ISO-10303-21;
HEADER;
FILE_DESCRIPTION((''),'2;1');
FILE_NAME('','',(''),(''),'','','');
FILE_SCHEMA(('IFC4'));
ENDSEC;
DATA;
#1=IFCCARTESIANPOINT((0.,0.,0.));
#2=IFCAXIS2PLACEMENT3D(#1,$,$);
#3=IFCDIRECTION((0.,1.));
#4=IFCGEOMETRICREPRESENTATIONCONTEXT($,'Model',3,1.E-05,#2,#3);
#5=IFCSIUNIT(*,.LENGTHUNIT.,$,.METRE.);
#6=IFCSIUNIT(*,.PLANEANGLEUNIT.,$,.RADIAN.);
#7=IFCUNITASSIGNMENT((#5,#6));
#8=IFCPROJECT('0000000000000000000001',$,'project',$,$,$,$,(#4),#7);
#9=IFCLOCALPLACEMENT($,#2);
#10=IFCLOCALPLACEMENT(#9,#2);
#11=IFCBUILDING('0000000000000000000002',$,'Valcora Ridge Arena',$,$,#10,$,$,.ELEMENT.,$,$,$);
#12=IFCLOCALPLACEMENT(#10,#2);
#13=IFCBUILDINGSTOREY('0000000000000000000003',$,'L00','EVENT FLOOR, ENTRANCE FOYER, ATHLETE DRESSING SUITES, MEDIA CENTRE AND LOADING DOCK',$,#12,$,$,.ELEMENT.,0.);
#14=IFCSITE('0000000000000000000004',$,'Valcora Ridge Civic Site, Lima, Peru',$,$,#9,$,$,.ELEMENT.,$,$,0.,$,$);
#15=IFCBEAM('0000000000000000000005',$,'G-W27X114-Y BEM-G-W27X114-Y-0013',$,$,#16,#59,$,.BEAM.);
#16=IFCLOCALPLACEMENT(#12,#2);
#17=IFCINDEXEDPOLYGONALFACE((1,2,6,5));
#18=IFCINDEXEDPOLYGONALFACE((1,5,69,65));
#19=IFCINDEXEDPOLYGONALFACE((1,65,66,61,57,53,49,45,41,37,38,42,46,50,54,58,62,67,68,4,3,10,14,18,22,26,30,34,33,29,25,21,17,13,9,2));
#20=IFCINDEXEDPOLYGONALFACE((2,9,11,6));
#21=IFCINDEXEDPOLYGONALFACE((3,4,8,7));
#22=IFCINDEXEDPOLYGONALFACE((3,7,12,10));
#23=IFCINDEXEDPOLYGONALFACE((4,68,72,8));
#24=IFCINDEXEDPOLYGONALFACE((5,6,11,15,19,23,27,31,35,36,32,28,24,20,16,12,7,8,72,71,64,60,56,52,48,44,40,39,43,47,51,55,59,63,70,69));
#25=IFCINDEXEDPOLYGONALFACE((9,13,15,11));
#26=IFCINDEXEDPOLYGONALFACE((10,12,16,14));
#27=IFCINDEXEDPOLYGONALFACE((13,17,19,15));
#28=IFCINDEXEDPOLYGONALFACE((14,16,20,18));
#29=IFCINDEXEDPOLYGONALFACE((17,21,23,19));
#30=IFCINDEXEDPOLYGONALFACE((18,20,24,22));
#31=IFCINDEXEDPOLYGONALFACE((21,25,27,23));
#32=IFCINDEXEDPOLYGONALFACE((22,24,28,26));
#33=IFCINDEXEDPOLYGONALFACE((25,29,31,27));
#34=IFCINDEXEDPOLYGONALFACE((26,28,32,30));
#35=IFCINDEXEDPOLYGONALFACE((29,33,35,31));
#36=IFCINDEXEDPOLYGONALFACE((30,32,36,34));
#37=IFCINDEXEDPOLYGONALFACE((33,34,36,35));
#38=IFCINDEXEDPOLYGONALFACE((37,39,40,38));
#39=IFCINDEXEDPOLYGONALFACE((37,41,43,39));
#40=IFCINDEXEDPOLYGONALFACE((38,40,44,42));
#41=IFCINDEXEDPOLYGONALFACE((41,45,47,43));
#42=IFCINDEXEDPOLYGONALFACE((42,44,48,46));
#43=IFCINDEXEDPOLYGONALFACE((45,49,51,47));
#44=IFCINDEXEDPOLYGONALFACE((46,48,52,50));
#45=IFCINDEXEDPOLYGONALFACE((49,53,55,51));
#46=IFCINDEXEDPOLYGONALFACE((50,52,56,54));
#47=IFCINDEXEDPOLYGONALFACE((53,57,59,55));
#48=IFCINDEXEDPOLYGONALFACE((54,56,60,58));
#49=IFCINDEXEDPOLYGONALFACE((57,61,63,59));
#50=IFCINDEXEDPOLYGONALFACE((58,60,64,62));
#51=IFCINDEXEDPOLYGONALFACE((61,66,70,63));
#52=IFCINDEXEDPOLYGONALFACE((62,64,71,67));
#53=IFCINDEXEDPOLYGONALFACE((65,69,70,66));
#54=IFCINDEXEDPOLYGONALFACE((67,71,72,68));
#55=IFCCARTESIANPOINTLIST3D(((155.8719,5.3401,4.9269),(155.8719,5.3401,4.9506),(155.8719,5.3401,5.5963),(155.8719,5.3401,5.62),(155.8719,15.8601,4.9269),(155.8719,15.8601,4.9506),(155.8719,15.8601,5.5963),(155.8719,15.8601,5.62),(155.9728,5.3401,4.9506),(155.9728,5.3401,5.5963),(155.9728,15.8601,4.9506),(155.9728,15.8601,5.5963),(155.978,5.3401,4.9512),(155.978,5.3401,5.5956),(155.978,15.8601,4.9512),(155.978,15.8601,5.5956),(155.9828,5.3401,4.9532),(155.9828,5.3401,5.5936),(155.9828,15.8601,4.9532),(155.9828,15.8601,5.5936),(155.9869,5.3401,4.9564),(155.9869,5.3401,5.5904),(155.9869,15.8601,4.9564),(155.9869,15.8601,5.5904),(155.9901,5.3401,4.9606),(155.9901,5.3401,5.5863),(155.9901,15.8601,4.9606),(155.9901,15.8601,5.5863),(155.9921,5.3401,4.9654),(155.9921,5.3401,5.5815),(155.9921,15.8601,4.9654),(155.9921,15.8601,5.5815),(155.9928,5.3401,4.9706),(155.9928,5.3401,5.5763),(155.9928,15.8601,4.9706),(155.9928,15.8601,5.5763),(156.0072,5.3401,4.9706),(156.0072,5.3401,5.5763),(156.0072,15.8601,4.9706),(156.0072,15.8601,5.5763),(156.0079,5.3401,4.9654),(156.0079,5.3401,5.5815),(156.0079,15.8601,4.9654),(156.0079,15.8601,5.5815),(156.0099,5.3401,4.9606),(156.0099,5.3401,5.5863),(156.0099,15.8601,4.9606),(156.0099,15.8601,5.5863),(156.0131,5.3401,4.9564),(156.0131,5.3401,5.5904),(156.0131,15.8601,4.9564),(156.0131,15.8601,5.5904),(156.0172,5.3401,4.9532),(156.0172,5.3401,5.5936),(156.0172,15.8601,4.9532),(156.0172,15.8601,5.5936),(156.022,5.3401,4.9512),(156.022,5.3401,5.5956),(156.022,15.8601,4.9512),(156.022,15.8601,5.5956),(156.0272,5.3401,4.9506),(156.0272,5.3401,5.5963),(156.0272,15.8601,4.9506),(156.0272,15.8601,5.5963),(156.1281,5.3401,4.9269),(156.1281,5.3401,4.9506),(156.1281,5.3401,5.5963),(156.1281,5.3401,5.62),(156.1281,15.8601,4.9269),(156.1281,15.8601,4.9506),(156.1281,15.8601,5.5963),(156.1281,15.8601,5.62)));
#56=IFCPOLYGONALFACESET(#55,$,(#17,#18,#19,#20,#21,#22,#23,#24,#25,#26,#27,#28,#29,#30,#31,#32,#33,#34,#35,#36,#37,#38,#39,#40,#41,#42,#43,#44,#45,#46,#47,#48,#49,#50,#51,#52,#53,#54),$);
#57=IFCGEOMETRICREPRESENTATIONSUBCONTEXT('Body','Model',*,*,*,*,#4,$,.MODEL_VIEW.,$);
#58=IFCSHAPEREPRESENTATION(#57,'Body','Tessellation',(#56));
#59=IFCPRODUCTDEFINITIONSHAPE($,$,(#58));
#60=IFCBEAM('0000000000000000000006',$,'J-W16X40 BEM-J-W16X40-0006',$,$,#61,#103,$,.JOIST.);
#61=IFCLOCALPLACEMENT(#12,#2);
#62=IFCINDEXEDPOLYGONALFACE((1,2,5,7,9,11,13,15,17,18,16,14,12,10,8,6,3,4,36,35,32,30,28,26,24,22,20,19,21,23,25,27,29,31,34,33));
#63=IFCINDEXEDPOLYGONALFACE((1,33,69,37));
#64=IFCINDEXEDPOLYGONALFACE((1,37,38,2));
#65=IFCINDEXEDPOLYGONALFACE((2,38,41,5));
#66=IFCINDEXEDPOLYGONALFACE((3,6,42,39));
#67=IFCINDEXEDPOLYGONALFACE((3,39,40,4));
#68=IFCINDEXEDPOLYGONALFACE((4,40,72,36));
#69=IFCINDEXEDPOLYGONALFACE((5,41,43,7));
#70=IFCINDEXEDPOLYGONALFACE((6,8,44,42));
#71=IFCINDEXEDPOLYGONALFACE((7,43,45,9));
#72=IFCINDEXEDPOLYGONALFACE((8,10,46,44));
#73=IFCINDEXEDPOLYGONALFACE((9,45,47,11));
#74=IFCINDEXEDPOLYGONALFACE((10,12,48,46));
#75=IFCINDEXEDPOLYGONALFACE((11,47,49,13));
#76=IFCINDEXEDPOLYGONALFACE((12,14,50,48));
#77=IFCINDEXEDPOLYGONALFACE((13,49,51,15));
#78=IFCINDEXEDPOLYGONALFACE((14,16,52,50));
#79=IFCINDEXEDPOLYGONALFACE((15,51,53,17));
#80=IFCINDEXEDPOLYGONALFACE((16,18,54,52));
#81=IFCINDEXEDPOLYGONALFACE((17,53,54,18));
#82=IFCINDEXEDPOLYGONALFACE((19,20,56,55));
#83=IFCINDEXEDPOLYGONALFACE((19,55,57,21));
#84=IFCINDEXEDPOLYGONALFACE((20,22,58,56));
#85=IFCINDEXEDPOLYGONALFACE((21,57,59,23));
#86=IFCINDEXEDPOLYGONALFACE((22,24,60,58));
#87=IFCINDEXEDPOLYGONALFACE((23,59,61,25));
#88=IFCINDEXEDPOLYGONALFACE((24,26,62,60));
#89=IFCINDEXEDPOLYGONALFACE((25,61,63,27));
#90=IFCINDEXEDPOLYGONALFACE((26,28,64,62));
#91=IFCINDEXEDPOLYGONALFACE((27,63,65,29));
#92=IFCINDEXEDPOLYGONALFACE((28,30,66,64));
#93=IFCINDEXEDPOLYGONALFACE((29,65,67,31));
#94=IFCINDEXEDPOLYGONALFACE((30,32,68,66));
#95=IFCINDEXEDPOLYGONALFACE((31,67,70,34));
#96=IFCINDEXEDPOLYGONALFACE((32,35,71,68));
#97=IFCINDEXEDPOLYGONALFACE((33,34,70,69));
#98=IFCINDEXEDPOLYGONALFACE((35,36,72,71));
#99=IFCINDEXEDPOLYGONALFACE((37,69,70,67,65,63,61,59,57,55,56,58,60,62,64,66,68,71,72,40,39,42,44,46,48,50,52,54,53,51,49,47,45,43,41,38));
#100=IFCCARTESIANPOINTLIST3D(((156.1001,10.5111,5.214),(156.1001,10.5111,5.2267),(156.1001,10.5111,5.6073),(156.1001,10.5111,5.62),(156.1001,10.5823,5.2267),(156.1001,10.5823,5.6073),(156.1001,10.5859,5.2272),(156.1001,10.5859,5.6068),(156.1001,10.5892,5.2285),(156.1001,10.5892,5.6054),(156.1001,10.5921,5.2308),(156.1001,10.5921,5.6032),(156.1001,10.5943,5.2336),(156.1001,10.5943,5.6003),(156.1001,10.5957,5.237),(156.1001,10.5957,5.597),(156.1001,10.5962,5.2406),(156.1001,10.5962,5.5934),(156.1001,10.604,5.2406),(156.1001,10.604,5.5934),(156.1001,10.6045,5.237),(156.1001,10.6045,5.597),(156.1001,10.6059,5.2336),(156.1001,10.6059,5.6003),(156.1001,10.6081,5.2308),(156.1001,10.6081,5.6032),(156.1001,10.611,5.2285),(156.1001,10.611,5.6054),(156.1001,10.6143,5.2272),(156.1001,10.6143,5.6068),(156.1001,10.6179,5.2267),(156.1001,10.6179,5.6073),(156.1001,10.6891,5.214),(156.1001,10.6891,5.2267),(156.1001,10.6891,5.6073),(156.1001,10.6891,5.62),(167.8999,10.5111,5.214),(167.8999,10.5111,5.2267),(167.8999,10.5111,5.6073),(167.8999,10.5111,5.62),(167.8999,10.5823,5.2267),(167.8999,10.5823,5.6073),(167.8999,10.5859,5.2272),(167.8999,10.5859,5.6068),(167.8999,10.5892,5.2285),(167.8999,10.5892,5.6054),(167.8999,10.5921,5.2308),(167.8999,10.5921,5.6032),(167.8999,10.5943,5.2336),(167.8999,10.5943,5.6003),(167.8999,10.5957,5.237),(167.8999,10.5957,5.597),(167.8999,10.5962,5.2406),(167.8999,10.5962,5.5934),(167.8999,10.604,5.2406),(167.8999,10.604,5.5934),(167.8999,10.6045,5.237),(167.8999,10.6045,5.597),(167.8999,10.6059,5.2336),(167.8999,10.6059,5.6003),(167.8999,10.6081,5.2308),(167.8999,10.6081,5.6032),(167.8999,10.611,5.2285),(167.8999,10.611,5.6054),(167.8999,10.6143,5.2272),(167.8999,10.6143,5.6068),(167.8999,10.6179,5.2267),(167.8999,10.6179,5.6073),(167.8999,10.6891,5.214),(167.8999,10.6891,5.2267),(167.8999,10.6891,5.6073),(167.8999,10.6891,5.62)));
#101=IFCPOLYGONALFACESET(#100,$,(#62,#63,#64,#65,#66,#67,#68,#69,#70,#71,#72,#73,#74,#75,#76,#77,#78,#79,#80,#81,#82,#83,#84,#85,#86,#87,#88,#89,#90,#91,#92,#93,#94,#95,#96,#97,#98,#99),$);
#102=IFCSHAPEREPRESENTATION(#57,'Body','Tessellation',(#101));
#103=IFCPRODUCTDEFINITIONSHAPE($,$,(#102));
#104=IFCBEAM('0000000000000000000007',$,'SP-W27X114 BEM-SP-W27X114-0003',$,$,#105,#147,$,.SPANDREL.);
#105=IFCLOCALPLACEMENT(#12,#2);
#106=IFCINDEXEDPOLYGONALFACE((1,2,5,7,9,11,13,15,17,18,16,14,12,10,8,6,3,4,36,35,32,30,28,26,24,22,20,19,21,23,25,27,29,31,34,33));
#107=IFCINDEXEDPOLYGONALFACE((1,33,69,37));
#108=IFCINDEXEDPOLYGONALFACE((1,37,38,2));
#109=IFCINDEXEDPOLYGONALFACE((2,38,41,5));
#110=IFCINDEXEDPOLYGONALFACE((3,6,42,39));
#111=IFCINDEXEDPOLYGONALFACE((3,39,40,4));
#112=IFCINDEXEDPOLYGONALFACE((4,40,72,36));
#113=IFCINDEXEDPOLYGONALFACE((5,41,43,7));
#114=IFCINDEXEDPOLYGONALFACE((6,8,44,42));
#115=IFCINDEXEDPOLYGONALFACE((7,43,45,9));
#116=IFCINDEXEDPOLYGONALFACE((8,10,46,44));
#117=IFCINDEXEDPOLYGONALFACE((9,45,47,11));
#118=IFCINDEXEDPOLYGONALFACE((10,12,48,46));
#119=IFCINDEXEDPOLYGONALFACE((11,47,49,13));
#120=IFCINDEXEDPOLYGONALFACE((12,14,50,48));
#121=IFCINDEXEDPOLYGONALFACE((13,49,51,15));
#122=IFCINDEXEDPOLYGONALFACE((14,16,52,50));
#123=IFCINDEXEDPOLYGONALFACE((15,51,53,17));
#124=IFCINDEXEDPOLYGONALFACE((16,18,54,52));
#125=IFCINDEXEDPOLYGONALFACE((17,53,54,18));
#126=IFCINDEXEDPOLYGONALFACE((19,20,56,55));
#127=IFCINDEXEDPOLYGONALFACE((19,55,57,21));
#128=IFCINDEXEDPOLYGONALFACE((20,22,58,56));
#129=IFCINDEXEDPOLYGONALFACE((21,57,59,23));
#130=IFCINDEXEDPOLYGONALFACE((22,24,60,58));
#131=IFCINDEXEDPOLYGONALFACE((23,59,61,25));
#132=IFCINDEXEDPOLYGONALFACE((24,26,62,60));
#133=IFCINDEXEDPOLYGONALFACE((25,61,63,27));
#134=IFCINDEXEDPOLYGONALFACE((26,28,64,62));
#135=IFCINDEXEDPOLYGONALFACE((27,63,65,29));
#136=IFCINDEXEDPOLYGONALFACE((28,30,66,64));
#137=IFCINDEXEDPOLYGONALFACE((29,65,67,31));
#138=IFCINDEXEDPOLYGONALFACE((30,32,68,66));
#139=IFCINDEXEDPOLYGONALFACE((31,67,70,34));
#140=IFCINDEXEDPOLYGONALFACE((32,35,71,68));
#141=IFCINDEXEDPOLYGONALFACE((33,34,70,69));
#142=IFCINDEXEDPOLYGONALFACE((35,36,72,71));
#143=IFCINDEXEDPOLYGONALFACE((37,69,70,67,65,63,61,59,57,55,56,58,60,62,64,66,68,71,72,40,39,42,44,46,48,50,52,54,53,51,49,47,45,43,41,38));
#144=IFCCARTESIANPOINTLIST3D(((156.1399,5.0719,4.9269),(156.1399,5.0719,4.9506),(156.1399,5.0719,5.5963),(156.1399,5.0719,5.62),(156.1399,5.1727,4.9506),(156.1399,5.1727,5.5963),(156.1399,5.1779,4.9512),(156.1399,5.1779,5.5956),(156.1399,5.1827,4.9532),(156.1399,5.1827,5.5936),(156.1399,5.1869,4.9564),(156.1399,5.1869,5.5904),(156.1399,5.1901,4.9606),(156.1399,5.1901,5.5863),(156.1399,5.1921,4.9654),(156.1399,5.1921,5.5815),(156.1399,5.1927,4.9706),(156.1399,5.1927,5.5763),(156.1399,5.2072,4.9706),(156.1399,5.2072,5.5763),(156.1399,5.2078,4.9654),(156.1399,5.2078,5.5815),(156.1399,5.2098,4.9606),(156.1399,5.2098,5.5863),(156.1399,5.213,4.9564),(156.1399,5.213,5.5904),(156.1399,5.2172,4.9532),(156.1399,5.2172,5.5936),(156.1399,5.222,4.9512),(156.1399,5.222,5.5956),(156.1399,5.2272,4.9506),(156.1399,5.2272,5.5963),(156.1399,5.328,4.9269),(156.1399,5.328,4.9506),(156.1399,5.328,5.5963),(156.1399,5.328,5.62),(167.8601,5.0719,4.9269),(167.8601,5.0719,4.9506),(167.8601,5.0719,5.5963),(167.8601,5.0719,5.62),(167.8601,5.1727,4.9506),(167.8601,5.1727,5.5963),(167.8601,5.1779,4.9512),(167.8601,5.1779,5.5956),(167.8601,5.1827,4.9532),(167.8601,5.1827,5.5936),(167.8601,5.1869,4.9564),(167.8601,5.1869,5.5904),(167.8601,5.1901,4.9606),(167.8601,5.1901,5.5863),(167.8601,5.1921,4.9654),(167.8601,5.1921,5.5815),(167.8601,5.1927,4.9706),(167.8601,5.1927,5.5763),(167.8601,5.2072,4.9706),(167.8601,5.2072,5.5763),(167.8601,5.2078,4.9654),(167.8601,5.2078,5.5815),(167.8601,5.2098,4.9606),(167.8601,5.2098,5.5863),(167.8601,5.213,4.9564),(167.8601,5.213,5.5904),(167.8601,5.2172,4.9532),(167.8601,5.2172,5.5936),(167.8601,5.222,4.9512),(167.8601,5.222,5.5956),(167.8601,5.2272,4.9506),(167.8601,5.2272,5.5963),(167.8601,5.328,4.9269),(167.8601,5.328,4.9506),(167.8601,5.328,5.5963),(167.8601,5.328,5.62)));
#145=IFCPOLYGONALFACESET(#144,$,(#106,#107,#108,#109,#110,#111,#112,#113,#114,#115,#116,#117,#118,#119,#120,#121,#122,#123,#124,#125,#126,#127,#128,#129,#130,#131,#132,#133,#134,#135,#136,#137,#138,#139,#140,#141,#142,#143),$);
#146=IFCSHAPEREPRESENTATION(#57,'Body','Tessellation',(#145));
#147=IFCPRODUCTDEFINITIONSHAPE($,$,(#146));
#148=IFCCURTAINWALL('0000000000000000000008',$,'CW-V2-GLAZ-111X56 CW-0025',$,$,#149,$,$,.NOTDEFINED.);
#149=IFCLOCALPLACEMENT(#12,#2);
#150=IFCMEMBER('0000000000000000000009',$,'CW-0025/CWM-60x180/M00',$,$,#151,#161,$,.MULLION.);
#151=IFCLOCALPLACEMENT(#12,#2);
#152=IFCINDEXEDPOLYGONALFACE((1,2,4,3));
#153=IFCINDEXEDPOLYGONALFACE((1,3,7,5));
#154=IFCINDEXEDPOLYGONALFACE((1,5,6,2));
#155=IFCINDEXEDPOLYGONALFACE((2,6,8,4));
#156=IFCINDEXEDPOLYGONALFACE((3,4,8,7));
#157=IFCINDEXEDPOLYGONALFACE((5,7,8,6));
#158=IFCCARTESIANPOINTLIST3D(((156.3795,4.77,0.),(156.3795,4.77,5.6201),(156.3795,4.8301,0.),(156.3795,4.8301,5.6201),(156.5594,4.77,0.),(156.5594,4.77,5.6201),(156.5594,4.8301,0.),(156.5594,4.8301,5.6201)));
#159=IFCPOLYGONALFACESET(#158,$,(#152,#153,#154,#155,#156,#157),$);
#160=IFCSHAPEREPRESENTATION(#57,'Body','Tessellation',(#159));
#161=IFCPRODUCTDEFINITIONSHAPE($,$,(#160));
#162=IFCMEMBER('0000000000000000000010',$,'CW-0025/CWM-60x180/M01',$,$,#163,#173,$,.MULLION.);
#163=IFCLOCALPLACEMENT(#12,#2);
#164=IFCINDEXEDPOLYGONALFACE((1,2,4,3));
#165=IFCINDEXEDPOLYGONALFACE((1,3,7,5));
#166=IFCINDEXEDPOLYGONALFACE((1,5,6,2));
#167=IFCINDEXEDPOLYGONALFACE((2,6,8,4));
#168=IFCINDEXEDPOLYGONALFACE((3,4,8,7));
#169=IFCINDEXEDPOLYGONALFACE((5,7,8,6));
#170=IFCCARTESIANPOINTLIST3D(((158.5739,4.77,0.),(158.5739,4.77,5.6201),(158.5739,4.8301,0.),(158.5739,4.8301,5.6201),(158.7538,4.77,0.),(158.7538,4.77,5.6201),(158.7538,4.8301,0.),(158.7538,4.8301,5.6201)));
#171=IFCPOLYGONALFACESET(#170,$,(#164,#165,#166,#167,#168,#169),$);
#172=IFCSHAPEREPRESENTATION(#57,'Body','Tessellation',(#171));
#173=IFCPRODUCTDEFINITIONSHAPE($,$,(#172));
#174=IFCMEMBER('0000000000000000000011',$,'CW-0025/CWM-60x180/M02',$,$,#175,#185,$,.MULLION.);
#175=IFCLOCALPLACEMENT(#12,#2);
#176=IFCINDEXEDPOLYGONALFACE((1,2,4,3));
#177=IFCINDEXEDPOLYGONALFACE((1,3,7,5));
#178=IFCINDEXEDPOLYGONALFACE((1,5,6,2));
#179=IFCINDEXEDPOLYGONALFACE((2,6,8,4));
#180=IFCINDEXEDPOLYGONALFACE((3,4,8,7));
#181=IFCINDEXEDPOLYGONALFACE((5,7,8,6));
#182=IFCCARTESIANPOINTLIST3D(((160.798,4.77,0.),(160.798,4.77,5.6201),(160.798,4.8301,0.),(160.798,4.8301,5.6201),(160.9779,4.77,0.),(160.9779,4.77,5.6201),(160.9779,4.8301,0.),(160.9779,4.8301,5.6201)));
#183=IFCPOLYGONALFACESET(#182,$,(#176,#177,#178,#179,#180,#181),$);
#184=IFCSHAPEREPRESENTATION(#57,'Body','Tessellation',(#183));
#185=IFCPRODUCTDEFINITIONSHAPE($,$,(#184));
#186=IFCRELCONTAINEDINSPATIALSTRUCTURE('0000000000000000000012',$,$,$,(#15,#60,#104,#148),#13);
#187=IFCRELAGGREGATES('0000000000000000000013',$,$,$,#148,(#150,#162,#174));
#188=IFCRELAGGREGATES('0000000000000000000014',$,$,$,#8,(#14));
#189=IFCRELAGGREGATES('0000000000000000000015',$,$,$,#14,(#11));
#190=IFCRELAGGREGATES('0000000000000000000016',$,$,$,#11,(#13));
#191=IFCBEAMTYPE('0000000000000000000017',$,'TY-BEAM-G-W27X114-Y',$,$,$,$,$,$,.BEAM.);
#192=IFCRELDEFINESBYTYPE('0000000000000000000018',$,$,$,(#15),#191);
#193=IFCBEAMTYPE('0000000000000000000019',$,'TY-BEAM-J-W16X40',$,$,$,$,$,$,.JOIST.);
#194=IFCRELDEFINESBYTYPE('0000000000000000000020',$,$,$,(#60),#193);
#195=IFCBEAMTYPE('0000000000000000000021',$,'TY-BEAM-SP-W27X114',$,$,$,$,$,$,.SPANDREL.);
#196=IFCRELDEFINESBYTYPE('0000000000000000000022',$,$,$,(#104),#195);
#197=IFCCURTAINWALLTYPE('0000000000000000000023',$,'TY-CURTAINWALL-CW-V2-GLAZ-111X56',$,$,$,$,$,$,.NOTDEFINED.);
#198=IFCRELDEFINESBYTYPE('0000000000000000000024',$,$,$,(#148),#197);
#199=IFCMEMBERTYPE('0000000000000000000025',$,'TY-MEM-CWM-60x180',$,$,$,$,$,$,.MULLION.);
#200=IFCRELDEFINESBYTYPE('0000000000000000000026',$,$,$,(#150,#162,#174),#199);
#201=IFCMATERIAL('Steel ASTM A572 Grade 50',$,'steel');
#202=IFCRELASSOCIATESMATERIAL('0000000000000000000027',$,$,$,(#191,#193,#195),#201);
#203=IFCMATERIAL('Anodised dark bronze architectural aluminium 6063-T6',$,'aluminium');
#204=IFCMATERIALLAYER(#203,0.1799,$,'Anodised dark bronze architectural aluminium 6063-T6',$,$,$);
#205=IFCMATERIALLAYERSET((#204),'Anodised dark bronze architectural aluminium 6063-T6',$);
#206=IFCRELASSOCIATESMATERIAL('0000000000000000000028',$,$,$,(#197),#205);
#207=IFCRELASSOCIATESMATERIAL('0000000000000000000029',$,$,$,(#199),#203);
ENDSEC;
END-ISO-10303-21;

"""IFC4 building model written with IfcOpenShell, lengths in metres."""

from ifc_helpers import new_model, si_unit, direction, frame, origin, origin_2d, place, context, subcontext, project, spatial, rectangle, i_section, extrude, material, layer, layer_set, material_profile, profile_set, type_object, element, aggregate, save


model = new_model("IFC4")

# Units and contexts
model_context = context("Model", 3, precision=1e-05, world=origin(), true_north=direction((0.0, 1.0)))
body_context = subcontext(model_context, "Body", "Model", "MODEL_VIEW")
ifc_project = project(units=[si_unit("LENGTHUNIT", "METRE"), si_unit("PLANEANGLEUNIT", "RADIAN")], contexts=[model_context])

# Site, building, storey
site_placement = place(None, origin())
site = spatial("IfcSite", under=ifc_project, at=site_placement, Name="Valcora Ridge Civic Site, Lima, Peru", CompositionType="ELEMENT", RefElevation=0.0)
building_placement = place(site_placement, origin())
building = spatial("IfcBuilding", under=site, at=building_placement, Name="Valcora Ridge Arena", CompositionType="ELEMENT")
storey_placement = place(building_placement, origin())
storey = spatial("IfcBuildingStorey", under=building, at=storey_placement, Name="L00", Description="EVENT FLOOR, ENTRANCE FOYER, ATHLETE DRESSING SUITES, MEDIA CENTRE AND LOADING DOCK", CompositionType="ELEMENT", Elevation=0.0)

# Shared definitions
ifc_material_1 = material(Name="Steel ASTM A572 Grade 50", Category="steel")

# Beams
ifc_material_profile_1 = material_profile(ifc_material_1, i_section(OverallWidth=0.2561, OverallDepth=0.6931, WebThickness=0.0144, FlangeThickness=0.0237, FilletRadius=0.02, at=origin_2d()), Name="W27X114")
ifc_profile_set_1 = profile_set([ifc_material_profile_1], Name="Steel ASTM A572 Grade 50")
beam_type_1 = type_object("IfcBeamType", Name="TY-BEAM-G-W27X114-Y", PredefinedType="BEAM", material=ifc_profile_set_1)
beam_1_placement = place(storey_placement, frame((156.0, 5.3401, 5.2734), z_axis=(0.0, 1.0, 0.0), x_axis=(-1.0, 0.0, 0.0)))
element("IfcBeam", 1, at=beam_1_placement, inside=storey, type_object=beam_type_1, Name="G-W27X114-Y BEM-G-W27X114-Y-0013", PredefinedType="BEAM", context=body_context, shape_type="SweptSolid", body=[
    extrude(i_section(OverallWidth=0.2561, OverallDepth=0.6931, WebThickness=0.0144, FlangeThickness=0.0237, FilletRadius=0.02, at=origin_2d()), origin(), (0.0, 0.0, 1.0), 10.52),
])
ifc_material_profile_2 = material_profile(ifc_material_1, i_section(OverallWidth=0.178, OverallDepth=0.406, WebThickness=0.0078, FlangeThickness=0.0127, FilletRadius=0.0139, at=origin_2d()), Name="W16X40")
ifc_profile_set_2 = profile_set([ifc_material_profile_2], Name="Steel ASTM A572 Grade 50")
beam_type_2 = type_object("IfcBeamType", Name="TY-BEAM-J-W16X40", PredefinedType="JOIST", material=ifc_profile_set_2)
beam_2_placement = place(storey_placement, frame((156.1001, 10.6001, 5.417), z_axis=(1.0, 0.0, 0.0), x_axis=(0.0, 1.0, 0.0)))
element("IfcBeam", 2, at=beam_2_placement, inside=storey, type_object=beam_type_2, Name="J-W16X40 BEM-J-W16X40-0006", PredefinedType="JOIST", context=body_context, shape_type="SweptSolid", body=[
    extrude(i_section(OverallWidth=0.178, OverallDepth=0.406, WebThickness=0.0078, FlangeThickness=0.0127, FilletRadius=0.0139, at=origin_2d()), origin(), (0.0, 0.0, 1.0), 11.7998),
])
ifc_material_profile_3 = material_profile(ifc_material_1, i_section(OverallWidth=0.2561, OverallDepth=0.6931, WebThickness=0.0144, FlangeThickness=0.0237, FilletRadius=0.02, at=origin_2d()), Name="W27X114")
ifc_profile_set_3 = profile_set([ifc_material_profile_3], Name="Steel ASTM A572 Grade 50")
beam_type_3 = type_object("IfcBeamType", Name="TY-BEAM-SP-W27X114", PredefinedType="SPANDREL", material=ifc_profile_set_3)
beam_3_placement = place(storey_placement, frame((156.1399, 5.2, 5.2734), z_axis=(1.0, 0.0, 0.0), x_axis=(0.0, 1.0, 0.0)))
element("IfcBeam", 3, at=beam_3_placement, inside=storey, type_object=beam_type_3, Name="SP-W27X114 BEM-SP-W27X114-0003", PredefinedType="SPANDREL", context=body_context, shape_type="SweptSolid", body=[
    extrude(i_section(OverallWidth=0.2561, OverallDepth=0.6931, WebThickness=0.0144, FlangeThickness=0.0237, FilletRadius=0.02, at=origin_2d()), origin(), (0.0, 0.0, 1.0), 11.7202),
])

# Curtain wall, members
ifc_material_2 = material(Name="Anodised dark bronze architectural aluminium 6063-T6", Category="aluminium")
ifc_layer_1 = layer(ifc_material_2, 0.1799, Name="Anodised dark bronze architectural aluminium 6063-T6")
ifc_layer_set_1 = layer_set([ifc_layer_1], Name="Anodised dark bronze architectural aluminium 6063-T6")
curtain_wall_type = type_object("IfcCurtainWallType", Name="TY-CURTAINWALL-CW-V2-GLAZ-111X56", PredefinedType="NOTDEFINED", material=ifc_layer_set_1)
curtain_wall_placement = place(storey_placement, origin())
curtain_wall = element("IfcCurtainWall", 4, at=curtain_wall_placement, inside=storey, type_object=curtain_wall_type, Name="CW-V2-GLAZ-111X56 CW-0025", PredefinedType="NOTDEFINED")
ifc_material_profile_4 = material_profile(ifc_material_2, rectangle(XDim=0.0601, YDim=0.1799, at=origin_2d()), Name="ALU MULLION 60x180")
ifc_profile_set_4 = profile_set([ifc_material_profile_4], Name="Anodised dark bronze architectural aluminium 6063-T6")
member_type_1 = type_object("IfcMemberType", Name="TY-MEM-CWM-60x180", PredefinedType="MULLION", material=ifc_profile_set_4)
member_1_placement = place(storey_placement, frame((156.4695, 4.8, 0.0), z_axis=(0.0, 0.0, 1.0), x_axis=(0.0, 1.0, 0.0)))
member_1 = element("IfcMember", 5, at=member_1_placement, type_object=member_type_1, Name="CW-0025/CWM-60x180/M00", PredefinedType="MULLION", context=body_context, shape_type="SweptSolid", body=[
    extrude(rectangle(XDim=0.0601, YDim=0.1799, at=origin_2d()), origin(), (0.0, 0.0, 1.0), 5.6201),
])
member_2_placement = place(storey_placement, frame((158.6638, 4.8, 0.0), z_axis=(0.0, 0.0, 1.0), x_axis=(0.0, 1.0, 0.0)))
member_2 = element("IfcMember", 6, at=member_2_placement, type_object=member_type_1, Name="CW-0025/CWM-60x180/M01", PredefinedType="MULLION", context=body_context, shape_type="SweptSolid", body=[
    extrude(rectangle(XDim=0.0601, YDim=0.1799, at=origin_2d()), origin(), (0.0, 0.0, 1.0), 5.6201),
])
member_3_placement = place(storey_placement, frame((160.8879, 4.8, 0.0), z_axis=(0.0, 0.0, 1.0), x_axis=(0.0, 1.0, 0.0)))
member_3 = element("IfcMember", 7, at=member_3_placement, type_object=member_type_1, Name="CW-0025/CWM-60x180/M02", PredefinedType="MULLION", context=body_context, shape_type="SweptSolid", body=[
    extrude(rectangle(XDim=0.0601, YDim=0.1799, at=origin_2d()), origin(), (0.0, 0.0, 1.0), 5.6201),
])
aggregate(curtain_wall, [member_1, member_2, member_3])

save(model, "model.ifc")
